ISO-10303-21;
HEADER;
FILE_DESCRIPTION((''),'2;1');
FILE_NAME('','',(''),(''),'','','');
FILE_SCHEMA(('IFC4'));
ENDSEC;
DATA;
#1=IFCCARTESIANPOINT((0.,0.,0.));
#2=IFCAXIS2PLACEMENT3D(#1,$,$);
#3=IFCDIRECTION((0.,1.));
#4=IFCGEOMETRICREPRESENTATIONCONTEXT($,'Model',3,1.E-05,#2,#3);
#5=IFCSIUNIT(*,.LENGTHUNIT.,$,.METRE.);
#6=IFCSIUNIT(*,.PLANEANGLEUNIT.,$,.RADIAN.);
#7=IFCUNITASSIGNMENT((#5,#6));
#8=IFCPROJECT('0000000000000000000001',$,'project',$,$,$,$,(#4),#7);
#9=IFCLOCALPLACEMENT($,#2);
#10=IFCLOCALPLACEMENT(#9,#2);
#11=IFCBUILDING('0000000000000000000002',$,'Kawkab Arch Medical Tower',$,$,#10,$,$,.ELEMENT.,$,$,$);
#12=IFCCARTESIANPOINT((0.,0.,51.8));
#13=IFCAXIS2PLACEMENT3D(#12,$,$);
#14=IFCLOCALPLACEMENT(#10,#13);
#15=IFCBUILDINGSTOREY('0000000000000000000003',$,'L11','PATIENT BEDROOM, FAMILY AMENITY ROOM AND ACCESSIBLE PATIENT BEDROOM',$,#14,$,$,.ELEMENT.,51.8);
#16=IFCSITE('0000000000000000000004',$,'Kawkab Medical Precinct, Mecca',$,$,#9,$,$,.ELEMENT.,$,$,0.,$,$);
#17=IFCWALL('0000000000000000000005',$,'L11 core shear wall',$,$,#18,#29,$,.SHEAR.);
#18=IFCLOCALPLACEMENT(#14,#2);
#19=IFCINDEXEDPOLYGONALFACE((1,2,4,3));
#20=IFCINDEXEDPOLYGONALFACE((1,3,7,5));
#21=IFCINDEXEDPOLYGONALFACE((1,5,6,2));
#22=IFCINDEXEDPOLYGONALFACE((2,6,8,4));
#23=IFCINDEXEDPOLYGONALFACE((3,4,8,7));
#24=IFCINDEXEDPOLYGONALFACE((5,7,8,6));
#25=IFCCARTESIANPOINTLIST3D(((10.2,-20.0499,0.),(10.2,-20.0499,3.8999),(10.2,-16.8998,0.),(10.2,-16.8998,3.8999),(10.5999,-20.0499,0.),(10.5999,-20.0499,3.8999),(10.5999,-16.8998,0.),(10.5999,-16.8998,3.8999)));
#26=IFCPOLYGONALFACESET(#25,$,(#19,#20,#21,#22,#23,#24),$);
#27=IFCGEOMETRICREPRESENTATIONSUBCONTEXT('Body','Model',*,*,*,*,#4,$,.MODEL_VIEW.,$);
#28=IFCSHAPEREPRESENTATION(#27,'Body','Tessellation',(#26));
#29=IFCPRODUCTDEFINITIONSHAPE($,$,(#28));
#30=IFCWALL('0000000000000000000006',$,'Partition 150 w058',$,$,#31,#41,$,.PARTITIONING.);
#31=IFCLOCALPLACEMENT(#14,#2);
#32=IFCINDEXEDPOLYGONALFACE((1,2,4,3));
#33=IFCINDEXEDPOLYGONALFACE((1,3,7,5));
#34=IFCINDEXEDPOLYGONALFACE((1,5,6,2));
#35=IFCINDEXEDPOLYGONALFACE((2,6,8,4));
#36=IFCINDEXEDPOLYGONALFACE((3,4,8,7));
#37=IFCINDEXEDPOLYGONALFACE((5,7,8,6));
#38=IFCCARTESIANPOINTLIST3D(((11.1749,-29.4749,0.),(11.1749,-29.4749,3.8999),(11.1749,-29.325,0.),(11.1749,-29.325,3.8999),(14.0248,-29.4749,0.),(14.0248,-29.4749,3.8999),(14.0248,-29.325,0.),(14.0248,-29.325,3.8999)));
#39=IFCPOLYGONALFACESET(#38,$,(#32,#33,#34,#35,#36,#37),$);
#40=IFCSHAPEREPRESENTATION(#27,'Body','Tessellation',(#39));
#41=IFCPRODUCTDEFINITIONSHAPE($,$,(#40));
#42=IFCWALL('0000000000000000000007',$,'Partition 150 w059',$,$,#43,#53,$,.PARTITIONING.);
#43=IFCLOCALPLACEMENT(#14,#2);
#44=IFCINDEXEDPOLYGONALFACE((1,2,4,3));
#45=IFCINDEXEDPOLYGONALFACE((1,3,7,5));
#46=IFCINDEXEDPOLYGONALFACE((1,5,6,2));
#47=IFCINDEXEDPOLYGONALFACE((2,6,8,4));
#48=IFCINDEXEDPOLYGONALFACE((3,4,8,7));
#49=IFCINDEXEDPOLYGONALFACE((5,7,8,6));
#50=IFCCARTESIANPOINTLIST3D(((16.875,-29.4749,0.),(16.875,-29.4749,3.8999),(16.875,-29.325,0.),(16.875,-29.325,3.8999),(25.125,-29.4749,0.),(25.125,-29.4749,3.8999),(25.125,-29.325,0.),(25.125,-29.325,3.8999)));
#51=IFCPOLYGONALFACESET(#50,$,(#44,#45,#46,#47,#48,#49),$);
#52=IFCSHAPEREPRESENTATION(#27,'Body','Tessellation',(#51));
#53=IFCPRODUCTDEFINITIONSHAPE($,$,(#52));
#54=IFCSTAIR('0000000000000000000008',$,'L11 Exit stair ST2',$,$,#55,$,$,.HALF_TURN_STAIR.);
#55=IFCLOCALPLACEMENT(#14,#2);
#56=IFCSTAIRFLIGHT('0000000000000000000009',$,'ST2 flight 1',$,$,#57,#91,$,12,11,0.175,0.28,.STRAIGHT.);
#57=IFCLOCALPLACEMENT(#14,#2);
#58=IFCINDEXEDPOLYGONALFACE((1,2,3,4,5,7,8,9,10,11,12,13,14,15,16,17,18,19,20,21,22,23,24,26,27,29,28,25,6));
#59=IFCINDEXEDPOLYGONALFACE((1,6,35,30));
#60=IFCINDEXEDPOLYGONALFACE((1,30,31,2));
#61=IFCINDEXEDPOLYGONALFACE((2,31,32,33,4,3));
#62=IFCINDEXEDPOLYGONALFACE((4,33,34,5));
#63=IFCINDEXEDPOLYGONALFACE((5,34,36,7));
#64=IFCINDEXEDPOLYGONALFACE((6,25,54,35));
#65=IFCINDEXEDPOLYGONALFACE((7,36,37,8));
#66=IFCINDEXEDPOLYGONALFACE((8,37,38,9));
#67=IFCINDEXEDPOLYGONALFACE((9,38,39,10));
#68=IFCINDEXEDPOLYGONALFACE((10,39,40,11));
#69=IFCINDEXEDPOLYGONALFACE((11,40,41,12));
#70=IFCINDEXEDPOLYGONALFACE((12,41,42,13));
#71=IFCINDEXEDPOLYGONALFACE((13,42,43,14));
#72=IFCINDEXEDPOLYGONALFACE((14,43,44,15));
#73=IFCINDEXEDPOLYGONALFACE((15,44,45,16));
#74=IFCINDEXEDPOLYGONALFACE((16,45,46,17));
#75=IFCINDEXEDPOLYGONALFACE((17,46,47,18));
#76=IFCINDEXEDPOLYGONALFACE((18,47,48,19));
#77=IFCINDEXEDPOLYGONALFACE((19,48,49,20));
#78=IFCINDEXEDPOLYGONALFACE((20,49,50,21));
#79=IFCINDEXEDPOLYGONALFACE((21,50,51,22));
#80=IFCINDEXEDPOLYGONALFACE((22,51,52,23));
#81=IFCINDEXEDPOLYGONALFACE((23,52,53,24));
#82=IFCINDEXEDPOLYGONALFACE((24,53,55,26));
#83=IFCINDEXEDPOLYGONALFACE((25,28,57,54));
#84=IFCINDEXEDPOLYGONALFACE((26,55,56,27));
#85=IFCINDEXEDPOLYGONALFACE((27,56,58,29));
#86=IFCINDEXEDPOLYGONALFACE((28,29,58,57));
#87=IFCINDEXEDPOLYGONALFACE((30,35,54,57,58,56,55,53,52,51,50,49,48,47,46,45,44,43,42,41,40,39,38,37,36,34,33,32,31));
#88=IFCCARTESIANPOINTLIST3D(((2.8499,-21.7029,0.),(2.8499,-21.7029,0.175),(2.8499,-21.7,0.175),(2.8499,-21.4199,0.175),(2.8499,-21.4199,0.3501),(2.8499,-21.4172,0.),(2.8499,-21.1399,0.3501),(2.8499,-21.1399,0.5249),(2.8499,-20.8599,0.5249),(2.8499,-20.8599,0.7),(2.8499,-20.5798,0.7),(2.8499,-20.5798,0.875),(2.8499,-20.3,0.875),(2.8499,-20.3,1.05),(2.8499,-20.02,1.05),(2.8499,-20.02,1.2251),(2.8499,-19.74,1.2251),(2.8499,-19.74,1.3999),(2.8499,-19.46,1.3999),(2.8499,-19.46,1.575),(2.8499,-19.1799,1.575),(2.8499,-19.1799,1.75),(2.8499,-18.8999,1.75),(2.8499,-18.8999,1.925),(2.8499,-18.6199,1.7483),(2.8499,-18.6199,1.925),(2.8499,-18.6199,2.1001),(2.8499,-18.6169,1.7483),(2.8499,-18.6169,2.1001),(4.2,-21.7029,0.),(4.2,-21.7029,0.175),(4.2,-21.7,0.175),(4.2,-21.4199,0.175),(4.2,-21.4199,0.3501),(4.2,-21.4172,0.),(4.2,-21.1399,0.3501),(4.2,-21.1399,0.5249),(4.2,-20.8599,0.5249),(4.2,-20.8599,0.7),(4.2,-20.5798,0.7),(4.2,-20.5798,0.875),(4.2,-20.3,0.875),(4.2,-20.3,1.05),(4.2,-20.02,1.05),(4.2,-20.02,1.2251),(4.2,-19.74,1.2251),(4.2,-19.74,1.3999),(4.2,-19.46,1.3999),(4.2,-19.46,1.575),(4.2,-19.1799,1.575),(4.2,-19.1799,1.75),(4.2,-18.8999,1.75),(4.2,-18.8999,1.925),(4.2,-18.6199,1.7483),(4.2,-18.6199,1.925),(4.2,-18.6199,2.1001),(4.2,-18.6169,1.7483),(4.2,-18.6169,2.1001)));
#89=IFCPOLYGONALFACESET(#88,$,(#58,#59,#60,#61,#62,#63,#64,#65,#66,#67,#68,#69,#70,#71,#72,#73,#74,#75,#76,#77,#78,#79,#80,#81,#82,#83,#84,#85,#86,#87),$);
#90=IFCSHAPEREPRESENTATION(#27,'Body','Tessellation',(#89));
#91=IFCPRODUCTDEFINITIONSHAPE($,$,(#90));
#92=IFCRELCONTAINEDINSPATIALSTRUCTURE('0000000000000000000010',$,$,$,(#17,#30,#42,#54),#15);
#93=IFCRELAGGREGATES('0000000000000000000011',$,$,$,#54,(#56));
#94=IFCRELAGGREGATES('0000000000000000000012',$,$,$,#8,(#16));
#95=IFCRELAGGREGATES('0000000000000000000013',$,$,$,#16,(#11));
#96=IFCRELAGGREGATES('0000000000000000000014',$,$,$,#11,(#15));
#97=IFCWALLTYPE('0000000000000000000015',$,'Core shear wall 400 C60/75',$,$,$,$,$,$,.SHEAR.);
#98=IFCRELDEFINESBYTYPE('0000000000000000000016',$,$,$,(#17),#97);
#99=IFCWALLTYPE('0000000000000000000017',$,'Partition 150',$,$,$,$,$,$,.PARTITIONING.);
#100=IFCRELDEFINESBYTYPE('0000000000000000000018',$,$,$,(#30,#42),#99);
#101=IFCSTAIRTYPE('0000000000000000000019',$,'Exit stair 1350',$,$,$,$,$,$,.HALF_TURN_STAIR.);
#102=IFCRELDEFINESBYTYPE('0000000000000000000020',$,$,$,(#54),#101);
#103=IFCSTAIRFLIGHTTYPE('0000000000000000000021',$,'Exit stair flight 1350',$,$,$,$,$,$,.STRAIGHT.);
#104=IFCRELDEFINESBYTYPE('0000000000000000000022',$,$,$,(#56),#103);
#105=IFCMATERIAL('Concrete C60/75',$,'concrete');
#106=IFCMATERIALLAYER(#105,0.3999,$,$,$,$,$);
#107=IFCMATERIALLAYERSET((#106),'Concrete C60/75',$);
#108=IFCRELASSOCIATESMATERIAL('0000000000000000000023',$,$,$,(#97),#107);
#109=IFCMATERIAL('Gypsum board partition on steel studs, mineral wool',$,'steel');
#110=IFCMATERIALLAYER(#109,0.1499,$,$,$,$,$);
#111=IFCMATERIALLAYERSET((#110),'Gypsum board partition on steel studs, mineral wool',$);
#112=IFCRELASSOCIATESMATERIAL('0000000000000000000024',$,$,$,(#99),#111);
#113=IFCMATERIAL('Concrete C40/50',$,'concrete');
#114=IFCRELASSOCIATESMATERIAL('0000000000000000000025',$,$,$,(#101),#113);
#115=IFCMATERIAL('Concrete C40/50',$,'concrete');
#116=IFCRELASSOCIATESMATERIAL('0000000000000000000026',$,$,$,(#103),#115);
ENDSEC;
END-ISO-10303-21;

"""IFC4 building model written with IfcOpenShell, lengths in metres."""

from ifc_helpers import new_model, si_unit, direction, frame, frame_2d, origin, place, context, subcontext, project, spatial, polyline, rectangle, outline, extrude, material, layer, layer_set, type_object, element, aggregate, save


model = new_model("IFC4")

# Units and contexts
model_context = context("Model", 3, precision=1e-05, world=origin(), true_north=direction((0.0, 1.0)))
body_context = subcontext(model_context, "Body", "Model", "MODEL_VIEW")
ifc_project = project(units=[si_unit("LENGTHUNIT", "METRE"), si_unit("PLANEANGLEUNIT", "RADIAN")], contexts=[model_context])

# Site, building, storey
site_placement = place(None, origin())
site = spatial("IfcSite", under=ifc_project, at=site_placement, Name="Kawkab Medical Precinct, Mecca", CompositionType="ELEMENT", RefElevation=0.0)
building_placement = place(site_placement, origin())
building = spatial("IfcBuilding", under=site, at=building_placement, Name="Kawkab Arch Medical Tower", CompositionType="ELEMENT")
storey_placement = place(building_placement, frame((0.0, 0.0, 51.8)))
storey = spatial("IfcBuildingStorey", under=building, at=storey_placement, Name="L11", Description="PATIENT BEDROOM, FAMILY AMENITY ROOM AND ACCESSIBLE PATIENT BEDROOM", CompositionType="ELEMENT", Elevation=51.8)

# Shared definitions
ifc_material_1 = material(Name="Concrete C60/75", Category="concrete")
ifc_layer_1 = layer(ifc_material_1, 0.3999)
ifc_layer_set_1 = layer_set([ifc_layer_1], Name="Concrete C60/75")
wall_type_1 = type_object("IfcWallType", Name="Core shear wall 400 C60/75", PredefinedType="SHEAR", material=ifc_layer_set_1)

# Walls
wall_1_placement = place(storey_placement, frame((10.3999, -20.05, 0.0), z_axis=(0.0, 0.0, 1.0), x_axis=(0.0, 1.0, 0.0)))
element("IfcWall", 1, at=wall_1_placement, inside=storey, type_object=wall_type_1, Name="L11 core shear wall", PredefinedType="SHEAR", context=body_context, shape_type="SweptSolid", body=[
    extrude(rectangle(XDim=3.1501, YDim=0.3999, at=frame_2d((1.5752, 0.0))), origin(), (0.0, 0.0, 1.0), 3.8999),
])
ifc_material_2 = material(Name="Gypsum board partition on steel studs, mineral wool", Category="steel")
ifc_layer_2 = layer(ifc_material_2, 0.1499)
ifc_layer_set_2 = layer_set([ifc_layer_2], Name="Gypsum board partition on steel studs, mineral wool")
wall_type_2 = type_object("IfcWallType", Name="Partition 150", PredefinedType="PARTITIONING", material=ifc_layer_set_2)
wall_2_placement = place(storey_placement, frame((11.175, -29.3999, 0.0), z_axis=(0.0, 0.0, 1.0), x_axis=(1.0, 0.0, 0.0)))
element("IfcWall", 2, at=wall_2_placement, inside=storey, type_object=wall_type_2, Name="Partition 150 w058", PredefinedType="PARTITIONING", context=body_context, shape_type="SweptSolid", body=[
    extrude(rectangle(XDim=2.8499, YDim=0.1499, at=frame_2d((1.4248, 0.0))), origin(), (0.0, 0.0, 1.0), 3.8999),
])
wall_3_placement = place(storey_placement, frame((16.875, -29.3999, 0.0), z_axis=(0.0, 0.0, 1.0), x_axis=(1.0, 0.0, 0.0)))
element("IfcWall", 3, at=wall_3_placement, inside=storey, type_object=wall_type_2, Name="Partition 150 w059", PredefinedType="PARTITIONING", context=body_context, shape_type="SweptSolid", body=[
    extrude(rectangle(XDim=8.25, YDim=0.1499, at=frame_2d((4.125, 0.0))), origin(), (0.0, 0.0, 1.0), 3.8999),
])

# Stair, stair flight
ifc_material_3 = material(Name="Concrete C40/50", Category="concrete")
stair_type = type_object("IfcStairType", Name="Exit stair 1350", PredefinedType="HALF_TURN_STAIR", material=ifc_material_3)
stair_placement = place(storey_placement, origin())
stair = element("IfcStair", 4, at=stair_placement, inside=storey, type_object=stair_type, Name="L11 Exit stair ST2", PredefinedType="HALF_TURN_STAIR")
ifc_material_4 = material(Name="Concrete C40/50", Category="concrete")
stair_flight_type = type_object("IfcStairFlightType", Name="Exit stair flight 1350", PredefinedType="STRAIGHT", material=ifc_material_4)
stair_flight_placement = place(storey_placement, frame((3.5249, -21.7, 0.0), z_axis=(0.0, 0.0, 1.0), x_axis=(0.0, 1.0, 0.0)))
stair_flight = element("IfcStairFlight", 5, at=stair_flight_placement, type_object=stair_flight_type, Name="ST2 flight 1", NumberOfRisers=12, NumberOfTreads=11, PredefinedType="STRAIGHT", RiserHeight=0.175, TreadLength=0.28, context=body_context, shape_type="SweptSolid", body=[
    extrude(outline(polyline([(-0.0029, 0.0), (-0.0029, 0.175), (0.0, 0.175), (0.28, 0.175), (0.28, 0.3501), (0.5601, 0.3501), (0.5601, 0.5249), (0.8401, 0.5249), (0.8401, 0.7), (1.1201, 0.7), (1.1201, 0.875), (1.3999, 0.875), (1.3999, 1.05), (1.6799, 1.05), (1.6799, 1.2251), (1.96, 1.2251), (1.96, 1.3999), (2.24, 1.3999), (2.24, 1.575), (2.52, 1.575), (2.52, 1.75), (2.8, 1.75), (2.8, 1.925), (3.0801, 1.925), (3.0801, 2.1001), (3.083, 2.1001), (3.083, 1.7483), (3.0801, 1.7483), (0.2827, 0.0), (-0.0029, 0.0)])), frame((0.0, 0.675, 0.0), z_axis=(0.0, -1.0, 0.0), x_axis=(1.0, 0.0, 0.0)), (0.0, 0.0, 1.0), 1.3501),
])
aggregate(stair, [stair_flight])

save(model, "model.ifc")
